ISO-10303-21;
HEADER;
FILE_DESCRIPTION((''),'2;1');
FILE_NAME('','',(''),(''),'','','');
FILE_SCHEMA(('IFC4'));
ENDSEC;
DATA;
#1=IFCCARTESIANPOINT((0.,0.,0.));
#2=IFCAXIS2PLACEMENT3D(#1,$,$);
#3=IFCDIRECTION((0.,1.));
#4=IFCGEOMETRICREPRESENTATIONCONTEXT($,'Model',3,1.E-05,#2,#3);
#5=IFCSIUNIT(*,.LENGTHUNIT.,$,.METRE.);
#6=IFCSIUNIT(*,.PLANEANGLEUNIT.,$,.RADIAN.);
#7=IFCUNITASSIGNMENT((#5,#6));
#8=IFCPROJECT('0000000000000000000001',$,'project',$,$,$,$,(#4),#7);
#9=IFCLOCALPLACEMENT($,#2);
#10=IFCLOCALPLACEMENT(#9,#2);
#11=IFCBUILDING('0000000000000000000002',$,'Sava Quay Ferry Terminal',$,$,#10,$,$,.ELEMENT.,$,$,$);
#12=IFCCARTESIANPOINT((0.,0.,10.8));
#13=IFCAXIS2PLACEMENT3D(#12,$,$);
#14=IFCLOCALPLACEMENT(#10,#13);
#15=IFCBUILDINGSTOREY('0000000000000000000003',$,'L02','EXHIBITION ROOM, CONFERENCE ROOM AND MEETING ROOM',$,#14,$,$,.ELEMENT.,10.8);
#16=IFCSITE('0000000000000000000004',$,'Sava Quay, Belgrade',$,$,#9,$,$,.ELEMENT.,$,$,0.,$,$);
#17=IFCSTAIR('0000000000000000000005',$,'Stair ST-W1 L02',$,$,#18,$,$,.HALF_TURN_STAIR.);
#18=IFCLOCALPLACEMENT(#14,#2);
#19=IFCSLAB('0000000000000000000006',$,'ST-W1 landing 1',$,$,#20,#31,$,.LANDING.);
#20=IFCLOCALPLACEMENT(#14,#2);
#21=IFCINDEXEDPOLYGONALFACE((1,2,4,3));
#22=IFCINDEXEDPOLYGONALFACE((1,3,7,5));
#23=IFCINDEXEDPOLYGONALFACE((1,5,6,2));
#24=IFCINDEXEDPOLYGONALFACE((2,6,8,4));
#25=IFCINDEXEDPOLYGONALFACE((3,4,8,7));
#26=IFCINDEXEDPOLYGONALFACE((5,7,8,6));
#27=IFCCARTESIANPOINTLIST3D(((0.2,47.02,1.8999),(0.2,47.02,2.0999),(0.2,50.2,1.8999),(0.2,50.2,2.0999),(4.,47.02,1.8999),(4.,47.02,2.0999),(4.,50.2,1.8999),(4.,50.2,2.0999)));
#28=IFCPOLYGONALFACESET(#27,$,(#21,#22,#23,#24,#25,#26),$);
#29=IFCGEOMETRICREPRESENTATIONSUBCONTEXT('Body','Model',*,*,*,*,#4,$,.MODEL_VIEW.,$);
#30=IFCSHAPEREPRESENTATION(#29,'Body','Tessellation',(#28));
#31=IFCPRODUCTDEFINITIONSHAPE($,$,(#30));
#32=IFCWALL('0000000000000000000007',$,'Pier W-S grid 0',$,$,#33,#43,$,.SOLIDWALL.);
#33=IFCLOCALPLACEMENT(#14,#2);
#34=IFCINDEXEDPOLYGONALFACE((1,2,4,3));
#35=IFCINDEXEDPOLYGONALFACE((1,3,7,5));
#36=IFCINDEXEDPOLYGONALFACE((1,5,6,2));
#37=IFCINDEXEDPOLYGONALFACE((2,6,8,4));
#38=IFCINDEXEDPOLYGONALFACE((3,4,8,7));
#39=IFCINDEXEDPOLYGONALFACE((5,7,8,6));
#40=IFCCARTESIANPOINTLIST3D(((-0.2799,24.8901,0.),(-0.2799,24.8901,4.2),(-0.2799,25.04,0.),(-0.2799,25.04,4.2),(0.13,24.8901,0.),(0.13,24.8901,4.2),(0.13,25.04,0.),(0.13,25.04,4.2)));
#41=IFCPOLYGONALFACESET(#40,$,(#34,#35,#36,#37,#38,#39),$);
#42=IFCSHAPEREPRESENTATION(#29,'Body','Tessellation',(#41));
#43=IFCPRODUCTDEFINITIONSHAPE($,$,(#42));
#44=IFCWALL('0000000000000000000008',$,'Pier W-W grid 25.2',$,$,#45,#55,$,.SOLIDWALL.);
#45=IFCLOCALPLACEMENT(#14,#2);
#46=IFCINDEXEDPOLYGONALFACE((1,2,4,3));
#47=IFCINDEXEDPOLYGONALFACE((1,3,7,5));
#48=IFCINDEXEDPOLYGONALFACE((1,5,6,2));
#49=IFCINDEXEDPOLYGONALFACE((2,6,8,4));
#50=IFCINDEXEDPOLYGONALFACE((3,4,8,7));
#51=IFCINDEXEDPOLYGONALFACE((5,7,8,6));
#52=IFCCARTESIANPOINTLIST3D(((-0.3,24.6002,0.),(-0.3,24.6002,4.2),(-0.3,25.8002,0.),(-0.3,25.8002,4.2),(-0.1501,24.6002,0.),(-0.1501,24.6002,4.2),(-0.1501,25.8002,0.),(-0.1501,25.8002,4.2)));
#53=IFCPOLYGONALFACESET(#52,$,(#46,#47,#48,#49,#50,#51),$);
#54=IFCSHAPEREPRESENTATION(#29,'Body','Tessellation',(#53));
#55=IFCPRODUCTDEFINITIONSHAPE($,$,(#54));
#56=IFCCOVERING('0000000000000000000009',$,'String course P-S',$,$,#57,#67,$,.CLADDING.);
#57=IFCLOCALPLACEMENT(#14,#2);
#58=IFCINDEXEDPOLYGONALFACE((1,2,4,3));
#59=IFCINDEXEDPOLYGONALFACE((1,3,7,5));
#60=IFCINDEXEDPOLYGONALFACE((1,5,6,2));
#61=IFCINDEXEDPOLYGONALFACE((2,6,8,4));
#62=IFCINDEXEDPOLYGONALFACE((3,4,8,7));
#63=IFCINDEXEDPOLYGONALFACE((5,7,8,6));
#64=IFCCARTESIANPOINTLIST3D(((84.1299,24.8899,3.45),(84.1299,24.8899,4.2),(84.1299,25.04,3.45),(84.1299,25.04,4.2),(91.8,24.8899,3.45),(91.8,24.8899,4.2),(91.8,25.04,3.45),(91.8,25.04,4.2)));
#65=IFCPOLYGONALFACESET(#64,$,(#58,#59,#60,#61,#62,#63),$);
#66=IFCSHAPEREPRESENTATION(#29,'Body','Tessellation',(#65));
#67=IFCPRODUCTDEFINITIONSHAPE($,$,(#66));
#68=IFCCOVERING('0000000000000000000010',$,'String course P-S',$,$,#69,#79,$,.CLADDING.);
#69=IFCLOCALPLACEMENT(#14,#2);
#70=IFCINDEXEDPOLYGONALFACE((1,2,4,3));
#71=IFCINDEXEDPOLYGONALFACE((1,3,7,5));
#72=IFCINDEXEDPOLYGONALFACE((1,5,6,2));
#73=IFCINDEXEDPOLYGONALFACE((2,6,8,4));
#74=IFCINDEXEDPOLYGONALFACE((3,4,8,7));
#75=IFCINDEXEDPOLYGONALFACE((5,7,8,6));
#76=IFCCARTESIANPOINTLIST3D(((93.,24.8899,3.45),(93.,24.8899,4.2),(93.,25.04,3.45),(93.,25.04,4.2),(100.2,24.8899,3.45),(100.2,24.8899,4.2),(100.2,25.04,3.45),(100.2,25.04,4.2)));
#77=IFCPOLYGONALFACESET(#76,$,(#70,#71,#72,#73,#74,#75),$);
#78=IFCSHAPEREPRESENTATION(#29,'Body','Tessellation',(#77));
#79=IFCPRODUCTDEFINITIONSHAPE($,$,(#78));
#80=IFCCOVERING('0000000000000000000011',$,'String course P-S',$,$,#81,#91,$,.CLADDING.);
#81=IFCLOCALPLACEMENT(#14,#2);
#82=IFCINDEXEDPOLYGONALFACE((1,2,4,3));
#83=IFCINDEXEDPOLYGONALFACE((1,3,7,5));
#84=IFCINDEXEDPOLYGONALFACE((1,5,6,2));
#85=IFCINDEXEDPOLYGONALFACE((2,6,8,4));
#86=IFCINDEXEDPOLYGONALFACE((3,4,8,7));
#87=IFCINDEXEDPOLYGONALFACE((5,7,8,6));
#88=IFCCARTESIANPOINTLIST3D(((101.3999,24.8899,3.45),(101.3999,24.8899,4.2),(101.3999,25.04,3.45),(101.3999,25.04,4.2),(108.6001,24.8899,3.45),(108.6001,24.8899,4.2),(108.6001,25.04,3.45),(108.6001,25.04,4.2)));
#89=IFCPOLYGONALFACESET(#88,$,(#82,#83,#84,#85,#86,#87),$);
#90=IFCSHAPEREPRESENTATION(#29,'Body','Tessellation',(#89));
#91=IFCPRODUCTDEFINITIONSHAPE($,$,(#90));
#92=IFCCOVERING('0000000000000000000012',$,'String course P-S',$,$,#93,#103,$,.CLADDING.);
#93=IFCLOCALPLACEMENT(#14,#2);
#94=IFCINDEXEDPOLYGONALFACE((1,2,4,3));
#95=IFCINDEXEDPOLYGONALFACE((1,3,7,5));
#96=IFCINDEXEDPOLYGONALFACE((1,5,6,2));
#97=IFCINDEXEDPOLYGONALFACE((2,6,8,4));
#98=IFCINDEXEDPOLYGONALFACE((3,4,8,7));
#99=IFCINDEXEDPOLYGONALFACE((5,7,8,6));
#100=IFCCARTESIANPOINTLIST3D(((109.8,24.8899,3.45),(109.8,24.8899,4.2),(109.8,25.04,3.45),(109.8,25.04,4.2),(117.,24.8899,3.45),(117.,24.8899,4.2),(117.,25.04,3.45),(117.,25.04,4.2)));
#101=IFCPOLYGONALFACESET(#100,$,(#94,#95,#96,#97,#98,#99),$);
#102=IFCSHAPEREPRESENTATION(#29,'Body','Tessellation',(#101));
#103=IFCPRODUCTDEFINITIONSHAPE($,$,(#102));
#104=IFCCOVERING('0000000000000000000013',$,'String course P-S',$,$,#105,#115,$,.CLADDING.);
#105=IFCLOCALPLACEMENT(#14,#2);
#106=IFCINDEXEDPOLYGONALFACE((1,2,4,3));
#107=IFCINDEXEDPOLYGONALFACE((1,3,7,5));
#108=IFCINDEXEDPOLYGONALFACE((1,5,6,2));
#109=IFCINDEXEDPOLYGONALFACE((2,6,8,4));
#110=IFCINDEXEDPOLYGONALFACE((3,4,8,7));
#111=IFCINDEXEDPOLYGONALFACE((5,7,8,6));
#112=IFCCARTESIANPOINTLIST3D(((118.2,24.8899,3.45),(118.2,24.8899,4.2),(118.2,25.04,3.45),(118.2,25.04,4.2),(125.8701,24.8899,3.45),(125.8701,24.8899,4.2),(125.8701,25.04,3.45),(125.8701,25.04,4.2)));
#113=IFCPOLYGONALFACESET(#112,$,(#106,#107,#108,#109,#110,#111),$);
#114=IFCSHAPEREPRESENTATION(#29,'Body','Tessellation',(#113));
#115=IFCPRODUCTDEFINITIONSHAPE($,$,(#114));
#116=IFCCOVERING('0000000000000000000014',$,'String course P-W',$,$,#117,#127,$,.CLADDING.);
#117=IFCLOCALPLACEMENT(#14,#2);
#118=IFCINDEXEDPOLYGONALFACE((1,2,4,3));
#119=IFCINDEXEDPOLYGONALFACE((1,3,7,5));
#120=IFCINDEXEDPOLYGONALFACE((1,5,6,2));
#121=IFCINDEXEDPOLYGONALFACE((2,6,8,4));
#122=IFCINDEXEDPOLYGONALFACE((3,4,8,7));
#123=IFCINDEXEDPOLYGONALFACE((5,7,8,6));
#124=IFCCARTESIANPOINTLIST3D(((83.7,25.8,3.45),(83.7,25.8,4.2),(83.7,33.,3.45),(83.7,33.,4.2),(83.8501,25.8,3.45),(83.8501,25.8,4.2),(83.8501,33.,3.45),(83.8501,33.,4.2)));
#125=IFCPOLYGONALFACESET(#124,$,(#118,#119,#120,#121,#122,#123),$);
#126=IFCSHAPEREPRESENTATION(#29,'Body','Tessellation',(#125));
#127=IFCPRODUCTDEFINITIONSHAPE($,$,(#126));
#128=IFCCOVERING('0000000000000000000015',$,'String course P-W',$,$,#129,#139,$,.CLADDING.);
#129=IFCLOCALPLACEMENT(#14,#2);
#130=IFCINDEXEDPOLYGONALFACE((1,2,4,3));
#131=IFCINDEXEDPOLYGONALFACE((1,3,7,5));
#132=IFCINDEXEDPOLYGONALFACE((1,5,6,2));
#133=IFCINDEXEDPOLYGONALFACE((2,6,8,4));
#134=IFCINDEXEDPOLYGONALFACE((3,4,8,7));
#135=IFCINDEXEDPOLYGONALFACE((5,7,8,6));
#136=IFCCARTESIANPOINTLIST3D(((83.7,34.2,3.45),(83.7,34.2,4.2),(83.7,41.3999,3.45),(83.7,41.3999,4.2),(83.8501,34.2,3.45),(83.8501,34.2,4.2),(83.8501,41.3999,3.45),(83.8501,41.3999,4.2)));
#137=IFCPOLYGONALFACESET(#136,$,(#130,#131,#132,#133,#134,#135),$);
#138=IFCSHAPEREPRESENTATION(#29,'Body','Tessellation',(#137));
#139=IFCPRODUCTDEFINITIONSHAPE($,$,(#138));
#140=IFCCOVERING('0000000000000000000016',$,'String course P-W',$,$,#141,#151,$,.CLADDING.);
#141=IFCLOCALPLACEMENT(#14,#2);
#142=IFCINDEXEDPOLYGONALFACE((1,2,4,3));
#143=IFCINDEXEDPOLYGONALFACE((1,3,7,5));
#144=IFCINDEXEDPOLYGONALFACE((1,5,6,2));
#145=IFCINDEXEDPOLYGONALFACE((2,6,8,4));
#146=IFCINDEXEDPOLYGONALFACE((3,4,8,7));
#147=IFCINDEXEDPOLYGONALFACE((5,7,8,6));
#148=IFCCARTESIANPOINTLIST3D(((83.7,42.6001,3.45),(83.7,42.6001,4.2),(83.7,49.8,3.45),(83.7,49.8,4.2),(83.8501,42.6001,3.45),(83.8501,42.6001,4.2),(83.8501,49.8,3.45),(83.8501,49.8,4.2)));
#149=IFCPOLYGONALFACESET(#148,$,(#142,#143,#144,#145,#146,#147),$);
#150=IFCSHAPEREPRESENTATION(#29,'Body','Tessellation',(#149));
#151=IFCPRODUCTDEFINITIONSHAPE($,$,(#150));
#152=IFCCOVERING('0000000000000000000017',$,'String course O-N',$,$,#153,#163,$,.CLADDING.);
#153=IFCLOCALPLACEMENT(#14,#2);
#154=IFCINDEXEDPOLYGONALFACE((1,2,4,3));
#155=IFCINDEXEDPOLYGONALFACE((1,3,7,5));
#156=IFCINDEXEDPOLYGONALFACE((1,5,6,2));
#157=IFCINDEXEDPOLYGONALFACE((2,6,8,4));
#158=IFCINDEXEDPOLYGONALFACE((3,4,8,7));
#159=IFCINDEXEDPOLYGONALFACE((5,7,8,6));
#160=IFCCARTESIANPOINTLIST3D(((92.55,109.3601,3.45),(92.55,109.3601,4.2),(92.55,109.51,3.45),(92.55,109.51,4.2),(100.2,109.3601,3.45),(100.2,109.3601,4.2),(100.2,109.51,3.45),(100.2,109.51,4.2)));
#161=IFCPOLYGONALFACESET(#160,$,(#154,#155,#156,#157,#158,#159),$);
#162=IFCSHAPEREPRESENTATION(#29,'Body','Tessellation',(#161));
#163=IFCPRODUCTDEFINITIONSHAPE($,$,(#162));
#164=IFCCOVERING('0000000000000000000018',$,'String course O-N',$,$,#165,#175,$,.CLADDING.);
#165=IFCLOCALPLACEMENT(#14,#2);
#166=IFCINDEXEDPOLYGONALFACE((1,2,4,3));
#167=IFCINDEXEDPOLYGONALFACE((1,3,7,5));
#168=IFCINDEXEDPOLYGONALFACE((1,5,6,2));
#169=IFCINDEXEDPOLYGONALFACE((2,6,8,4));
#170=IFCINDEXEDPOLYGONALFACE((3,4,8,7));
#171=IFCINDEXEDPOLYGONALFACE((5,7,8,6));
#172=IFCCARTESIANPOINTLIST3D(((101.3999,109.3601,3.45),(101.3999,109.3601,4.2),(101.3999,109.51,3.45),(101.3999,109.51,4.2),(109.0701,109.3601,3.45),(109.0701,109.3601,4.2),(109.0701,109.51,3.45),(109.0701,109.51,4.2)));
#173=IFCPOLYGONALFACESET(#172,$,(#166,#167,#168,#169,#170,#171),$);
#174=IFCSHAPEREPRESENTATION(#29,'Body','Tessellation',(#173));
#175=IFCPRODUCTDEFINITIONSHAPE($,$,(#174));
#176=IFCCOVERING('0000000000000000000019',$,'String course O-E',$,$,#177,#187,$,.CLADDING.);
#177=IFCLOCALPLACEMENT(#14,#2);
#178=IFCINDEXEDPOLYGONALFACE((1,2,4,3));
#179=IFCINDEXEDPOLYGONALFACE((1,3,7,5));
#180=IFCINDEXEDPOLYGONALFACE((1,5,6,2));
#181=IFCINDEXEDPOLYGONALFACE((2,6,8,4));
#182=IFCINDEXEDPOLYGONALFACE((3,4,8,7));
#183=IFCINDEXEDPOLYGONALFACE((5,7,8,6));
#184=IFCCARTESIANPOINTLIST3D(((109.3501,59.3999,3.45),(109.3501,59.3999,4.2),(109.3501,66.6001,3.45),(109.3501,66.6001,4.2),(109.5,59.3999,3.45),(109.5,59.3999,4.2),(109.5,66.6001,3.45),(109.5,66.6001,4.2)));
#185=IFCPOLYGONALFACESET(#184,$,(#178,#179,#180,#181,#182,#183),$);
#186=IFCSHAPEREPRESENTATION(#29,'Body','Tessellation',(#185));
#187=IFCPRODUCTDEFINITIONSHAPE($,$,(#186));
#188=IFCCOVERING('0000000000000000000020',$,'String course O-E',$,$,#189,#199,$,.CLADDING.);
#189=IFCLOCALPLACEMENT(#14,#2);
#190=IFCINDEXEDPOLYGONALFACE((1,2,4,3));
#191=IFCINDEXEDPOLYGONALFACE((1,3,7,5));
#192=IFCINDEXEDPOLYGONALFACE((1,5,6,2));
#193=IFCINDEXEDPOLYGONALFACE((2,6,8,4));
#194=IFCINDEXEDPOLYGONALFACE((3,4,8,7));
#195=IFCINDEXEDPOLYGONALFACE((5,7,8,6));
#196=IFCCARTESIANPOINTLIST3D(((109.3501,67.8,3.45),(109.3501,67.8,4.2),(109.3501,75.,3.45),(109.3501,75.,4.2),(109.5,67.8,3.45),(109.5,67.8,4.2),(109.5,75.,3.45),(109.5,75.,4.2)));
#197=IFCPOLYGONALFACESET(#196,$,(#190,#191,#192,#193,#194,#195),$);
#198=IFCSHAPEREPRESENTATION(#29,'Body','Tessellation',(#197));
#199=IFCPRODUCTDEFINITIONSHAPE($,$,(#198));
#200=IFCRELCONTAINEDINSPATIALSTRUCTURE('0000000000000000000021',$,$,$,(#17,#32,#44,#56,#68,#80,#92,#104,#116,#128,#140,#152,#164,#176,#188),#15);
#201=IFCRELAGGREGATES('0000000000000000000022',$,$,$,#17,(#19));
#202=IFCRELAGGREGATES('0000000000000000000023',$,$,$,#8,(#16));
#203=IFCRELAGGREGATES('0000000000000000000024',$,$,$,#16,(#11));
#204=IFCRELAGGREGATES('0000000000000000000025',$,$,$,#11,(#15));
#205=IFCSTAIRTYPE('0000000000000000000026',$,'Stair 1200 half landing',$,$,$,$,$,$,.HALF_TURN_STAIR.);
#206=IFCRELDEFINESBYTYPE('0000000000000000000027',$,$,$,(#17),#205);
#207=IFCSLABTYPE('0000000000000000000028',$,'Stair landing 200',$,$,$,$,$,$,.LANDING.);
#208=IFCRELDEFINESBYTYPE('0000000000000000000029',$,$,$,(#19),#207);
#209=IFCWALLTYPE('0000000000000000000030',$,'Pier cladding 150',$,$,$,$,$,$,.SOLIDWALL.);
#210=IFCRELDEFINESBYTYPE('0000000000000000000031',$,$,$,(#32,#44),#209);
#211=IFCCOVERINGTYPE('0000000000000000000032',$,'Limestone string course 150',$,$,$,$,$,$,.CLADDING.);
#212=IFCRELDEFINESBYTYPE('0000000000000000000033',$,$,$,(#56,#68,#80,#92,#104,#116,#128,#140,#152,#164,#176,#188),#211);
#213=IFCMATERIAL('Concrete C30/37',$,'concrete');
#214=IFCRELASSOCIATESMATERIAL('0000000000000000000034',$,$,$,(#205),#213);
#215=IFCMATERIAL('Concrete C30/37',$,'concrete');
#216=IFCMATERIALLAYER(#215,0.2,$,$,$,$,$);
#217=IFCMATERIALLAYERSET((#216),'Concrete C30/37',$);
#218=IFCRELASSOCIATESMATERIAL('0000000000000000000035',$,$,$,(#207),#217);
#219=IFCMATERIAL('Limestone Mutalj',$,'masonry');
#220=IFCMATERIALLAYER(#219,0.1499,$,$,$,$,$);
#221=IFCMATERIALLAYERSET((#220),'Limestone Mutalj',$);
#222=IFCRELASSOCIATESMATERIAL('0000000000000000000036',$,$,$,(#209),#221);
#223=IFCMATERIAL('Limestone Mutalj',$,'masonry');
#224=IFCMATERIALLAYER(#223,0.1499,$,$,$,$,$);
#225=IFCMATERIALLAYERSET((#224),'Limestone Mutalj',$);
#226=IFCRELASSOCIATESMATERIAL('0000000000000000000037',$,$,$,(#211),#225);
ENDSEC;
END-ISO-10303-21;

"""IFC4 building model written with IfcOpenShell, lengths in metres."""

from ifc_helpers import new_model, si_unit, direction, frame, frame_2d, origin, place, context, subcontext, project, spatial, polyline, rectangle, outline, extrude, material, layer, layer_set, type_object, element, aggregate, save


model = new_model("IFC4")

# Units and contexts
model_context = context("Model", 3, precision=1e-05, world=origin(), true_north=direction((0.0, 1.0)))
body_context = subcontext(model_context, "Body", "Model", "MODEL_VIEW")
ifc_project = project(units=[si_unit("LENGTHUNIT", "METRE"), si_unit("PLANEANGLEUNIT", "RADIAN")], contexts=[model_context])

# Site, building, storey
site_placement = place(None, origin())
site = spatial("IfcSite", under=ifc_project, at=site_placement, Name="Sava Quay, Belgrade", CompositionType="ELEMENT", RefElevation=0.0)
building_placement = place(site_placement, origin())
building = spatial("IfcBuilding", under=site, at=building_placement, Name="Sava Quay Ferry Terminal", CompositionType="ELEMENT")
storey_placement = place(building_placement, frame((0.0, 0.0, 10.8)))
storey = spatial("IfcBuildingStorey", under=building, at=storey_placement, Name="L02", Description="EXHIBITION ROOM, CONFERENCE ROOM AND MEETING ROOM", CompositionType="ELEMENT", Elevation=10.8)

# Stair, slab
ifc_material_1 = material(Name="Concrete C30/37", Category="concrete")
stair_type = type_object("IfcStairType", Name="Stair 1200 half landing", PredefinedType="HALF_TURN_STAIR", material=ifc_material_1)
stair_placement = place(storey_placement, origin())
stair = element("IfcStair", 1, at=stair_placement, inside=storey, type_object=stair_type, Name="Stair ST-W1 L02", PredefinedType="HALF_TURN_STAIR")
ifc_material_2 = material(Name="Concrete C30/37", Category="concrete")
ifc_layer_1 = layer(ifc_material_2, 0.2)
ifc_layer_set_1 = layer_set([ifc_layer_1], Name="Concrete C30/37")
slab_type = type_object("IfcSlabType", Name="Stair landing 200", PredefinedType="LANDING", material=ifc_layer_set_1)
slab_placement = place(storey_placement, frame((0.0, 0.0, 1.8999)))
slab = element("IfcSlab", 2, at=slab_placement, type_object=slab_type, Name="ST-W1 landing 1", PredefinedType="LANDING", context=body_context, shape_type="SweptSolid", body=[
    extrude(outline(polyline([(0.2, 47.02), (0.2, 50.2), (4.0, 50.2), (4.0, 47.02), (0.2, 47.02)])), origin(), (0.0, 0.0, 1.0), 0.2),
])
aggregate(stair, [slab])

# Walls
ifc_material_3 = material(Name="Limestone Mutalj", Category="masonry")
ifc_layer_2 = layer(ifc_material_3, 0.1499)
ifc_layer_set_2 = layer_set([ifc_layer_2], Name="Limestone Mutalj")
wall_type = type_object("IfcWallType", Name="Pier cladding 150", PredefinedType="SOLIDWALL", material=ifc_layer_set_2)
wall_1_placement = place(storey_placement, frame((-0.28, 24.9651, 0.0), z_axis=(0.0, 0.0, 1.0), x_axis=(1.0, 0.0, 0.0)))
element("IfcWall", 3, at=wall_1_placement, inside=storey, type_object=wall_type, Name="Pier W-S grid 0", PredefinedType="SOLIDWALL", context=body_context, shape_type="SweptSolid", body=[
    extrude(rectangle(XDim=0.4099, YDim=0.1499, at=frame_2d((0.2051, 0.0))), origin(), (0.0, 0.0, 1.0), 4.2),
])
wall_2_placement = place(storey_placement, frame((-0.2251, 24.6001, 0.0), z_axis=(0.0, 0.0, 1.0), x_axis=(0.0, 1.0, 0.0)))
element("IfcWall", 4, at=wall_2_placement, inside=storey, type_object=wall_type, Name="Pier W-W grid 25.2", PredefinedType="SOLIDWALL", context=body_context, shape_type="SweptSolid", body=[
    extrude(rectangle(XDim=1.2, YDim=0.1499, at=frame_2d((0.6001, 0.0))), origin(), (0.0, 0.0, 1.0), 4.2),
])

# Coverings
ifc_material_4 = material(Name="Limestone Mutalj", Category="masonry")
ifc_layer_3 = layer(ifc_material_4, 0.1499)
ifc_layer_set_3 = layer_set([ifc_layer_3], Name="Limestone Mutalj")
covering_type_1 = type_object("IfcCoveringType", Name="Limestone string course 150", PredefinedType="CLADDING", material=ifc_layer_set_3)
covering_1_placement = place(storey_placement, frame((0.0, 0.0, 3.45)))
element("IfcCovering", 5, at=covering_1_placement, inside=storey, type_object=covering_type_1, Name="String course P-S", PredefinedType="CLADDING", context=body_context, shape_type="SweptSolid", body=[
    extrude(outline(polyline([(84.1299, 25.04), (91.8, 25.04), (91.8, 24.8899), (84.1299, 24.8899), (84.1299, 25.04)])), origin(), (0.0, 0.0, 1.0), 0.75),
])
covering_2_placement = place(storey_placement, frame((0.0, 0.0, 3.45)))
element("IfcCovering", 6, at=covering_2_placement, inside=storey, type_object=covering_type_1, Name="String course P-S", PredefinedType="CLADDING", context=body_context, shape_type="SweptSolid", body=[
    extrude(outline(polyline([(93.0, 25.04), (100.2, 25.04), (100.2, 24.8899), (93.0, 24.8899), (93.0, 25.04)])), origin(), (0.0, 0.0, 1.0), 0.75),
])
covering_3_placement = place(storey_placement, frame((0.0, 0.0, 3.45)))
element("IfcCovering", 7, at=covering_3_placement, inside=storey, type_object=covering_type_1, Name="String course P-S", PredefinedType="CLADDING", context=body_context, shape_type="SweptSolid", body=[
    extrude(outline(polyline([(101.3999, 25.04), (108.6001, 25.04), (108.6001, 24.8899), (101.3999, 24.8899), (101.3999, 25.04)])), origin(), (0.0, 0.0, 1.0), 0.75),
])
covering_4_placement = place(storey_placement, frame((0.0, 0.0, 3.45)))
element("IfcCovering", 8, at=covering_4_placement, inside=storey, type_object=covering_type_1, Name="String course P-S", PredefinedType="CLADDING", context=body_context, shape_type="SweptSolid", body=[
    extrude(outline(polyline([(109.8, 25.04), (117.0, 25.04), (117.0, 24.8899), (109.8, 24.8899), (109.8, 25.04)])), origin(), (0.0, 0.0, 1.0), 0.75),
])
covering_5_placement = place(storey_placement, frame((0.0, 0.0, 3.45)))
element("IfcCovering", 9, at=covering_5_placement, inside=storey, type_object=covering_type_1, Name="String course P-S", PredefinedType="CLADDING", context=body_context, shape_type="SweptSolid", body=[
    extrude(outline(polyline([(118.2, 25.04), (125.8701, 25.04), (125.8701, 24.8899), (118.2, 24.8899), (118.2, 25.04)])), origin(), (0.0, 0.0, 1.0), 0.75),
])
covering_6_placement = place(storey_placement, frame((0.0, 0.0, 3.45)))
element("IfcCovering", 10, at=covering_6_placement, inside=storey, type_object=covering_type_1, Name="String course P-W", PredefinedType="CLADDING", context=body_context, shape_type="SweptSolid", body=[
    extrude(outline(polyline([(83.8501, 25.8), (83.8501, 33.0), (83.7, 33.0), (83.7, 25.8), (83.8501, 25.8)])), origin(), (0.0, 0.0, 1.0), 0.75),
])
covering_7_placement = place(storey_placement, frame((0.0, 0.0, 3.45)))
element("IfcCovering", 11, at=covering_7_placement, inside=storey, type_object=covering_type_1, Name="String course P-W", PredefinedType="CLADDING", context=body_context, shape_type="SweptSolid", body=[
    extrude(outline(polyline([(83.8501, 34.2), (83.8501, 41.3999), (83.7, 41.3999), (83.7, 34.2), (83.8501, 34.2)])), origin(), (0.0, 0.0, 1.0), 0.75),
])
covering_8_placement = place(storey_placement, frame((0.0, 0.0, 3.45)))
element("IfcCovering", 12, at=covering_8_placement, inside=storey, type_object=covering_type_1, Name="String course P-W", PredefinedType="CLADDING", context=body_context, shape_type="SweptSolid", body=[
    extrude(outline(polyline([(83.8501, 42.6001), (83.8501, 49.8), (83.7, 49.8), (83.7, 42.6001), (83.8501, 42.6001)])), origin(), (0.0, 0.0, 1.0), 0.75),
])
covering_9_placement = place(storey_placement, frame((0.0, 0.0, 3.45)))
element("IfcCovering", 13, at=covering_9_placement, inside=storey, type_object=covering_type_1, Name="String course O-N", PredefinedType="CLADDING", context=body_context, shape_type="SweptSolid", body=[
    extrude(outline(polyline([(92.55, 109.3601), (100.2, 109.3601), (100.2, 109.51), (92.55, 109.51), (92.55, 109.3601)])), origin(), (0.0, 0.0, 1.0), 0.75),
])
covering_10_placement = place(storey_placement, frame((0.0, 0.0, 3.45)))
element("IfcCovering", 14, at=covering_10_placement, inside=storey, type_object=covering_type_1, Name="String course O-N", PredefinedType="CLADDING", context=body_context, shape_type="SweptSolid", body=[
    extrude(outline(polyline([(101.3999, 109.3601), (109.0701, 109.3601), (109.0701, 109.51), (101.3999, 109.51), (101.3999, 109.3601)])), origin(), (0.0, 0.0, 1.0), 0.75),
])
covering_11_placement = place(storey_placement, frame((0.0, 0.0, 3.45)))
element("IfcCovering", 15, at=covering_11_placement, inside=storey, type_object=covering_type_1, Name="String course O-E", PredefinedType="CLADDING", context=body_context, shape_type="SweptSolid", body=[
    extrude(outline(polyline([(109.3501, 59.3999), (109.3501, 66.6001), (109.5, 66.6001), (109.5, 59.3999), (109.3501, 59.3999)])), origin(), (0.0, 0.0, 1.0), 0.75),
])
covering_12_placement = place(storey_placement, frame((0.0, 0.0, 3.45)))
element("IfcCovering", 16, at=covering_12_placement, inside=storey, type_object=covering_type_1, Name="String course O-E", PredefinedType="CLADDING", context=body_context, shape_type="SweptSolid", body=[
    extrude(outline(polyline([(109.3501, 67.8), (109.3501, 75.0), (109.5, 75.0), (109.5, 67.8), (109.3501, 67.8)])), origin(), (0.0, 0.0, 1.0), 0.75),
])

save(model, "model.ifc")
